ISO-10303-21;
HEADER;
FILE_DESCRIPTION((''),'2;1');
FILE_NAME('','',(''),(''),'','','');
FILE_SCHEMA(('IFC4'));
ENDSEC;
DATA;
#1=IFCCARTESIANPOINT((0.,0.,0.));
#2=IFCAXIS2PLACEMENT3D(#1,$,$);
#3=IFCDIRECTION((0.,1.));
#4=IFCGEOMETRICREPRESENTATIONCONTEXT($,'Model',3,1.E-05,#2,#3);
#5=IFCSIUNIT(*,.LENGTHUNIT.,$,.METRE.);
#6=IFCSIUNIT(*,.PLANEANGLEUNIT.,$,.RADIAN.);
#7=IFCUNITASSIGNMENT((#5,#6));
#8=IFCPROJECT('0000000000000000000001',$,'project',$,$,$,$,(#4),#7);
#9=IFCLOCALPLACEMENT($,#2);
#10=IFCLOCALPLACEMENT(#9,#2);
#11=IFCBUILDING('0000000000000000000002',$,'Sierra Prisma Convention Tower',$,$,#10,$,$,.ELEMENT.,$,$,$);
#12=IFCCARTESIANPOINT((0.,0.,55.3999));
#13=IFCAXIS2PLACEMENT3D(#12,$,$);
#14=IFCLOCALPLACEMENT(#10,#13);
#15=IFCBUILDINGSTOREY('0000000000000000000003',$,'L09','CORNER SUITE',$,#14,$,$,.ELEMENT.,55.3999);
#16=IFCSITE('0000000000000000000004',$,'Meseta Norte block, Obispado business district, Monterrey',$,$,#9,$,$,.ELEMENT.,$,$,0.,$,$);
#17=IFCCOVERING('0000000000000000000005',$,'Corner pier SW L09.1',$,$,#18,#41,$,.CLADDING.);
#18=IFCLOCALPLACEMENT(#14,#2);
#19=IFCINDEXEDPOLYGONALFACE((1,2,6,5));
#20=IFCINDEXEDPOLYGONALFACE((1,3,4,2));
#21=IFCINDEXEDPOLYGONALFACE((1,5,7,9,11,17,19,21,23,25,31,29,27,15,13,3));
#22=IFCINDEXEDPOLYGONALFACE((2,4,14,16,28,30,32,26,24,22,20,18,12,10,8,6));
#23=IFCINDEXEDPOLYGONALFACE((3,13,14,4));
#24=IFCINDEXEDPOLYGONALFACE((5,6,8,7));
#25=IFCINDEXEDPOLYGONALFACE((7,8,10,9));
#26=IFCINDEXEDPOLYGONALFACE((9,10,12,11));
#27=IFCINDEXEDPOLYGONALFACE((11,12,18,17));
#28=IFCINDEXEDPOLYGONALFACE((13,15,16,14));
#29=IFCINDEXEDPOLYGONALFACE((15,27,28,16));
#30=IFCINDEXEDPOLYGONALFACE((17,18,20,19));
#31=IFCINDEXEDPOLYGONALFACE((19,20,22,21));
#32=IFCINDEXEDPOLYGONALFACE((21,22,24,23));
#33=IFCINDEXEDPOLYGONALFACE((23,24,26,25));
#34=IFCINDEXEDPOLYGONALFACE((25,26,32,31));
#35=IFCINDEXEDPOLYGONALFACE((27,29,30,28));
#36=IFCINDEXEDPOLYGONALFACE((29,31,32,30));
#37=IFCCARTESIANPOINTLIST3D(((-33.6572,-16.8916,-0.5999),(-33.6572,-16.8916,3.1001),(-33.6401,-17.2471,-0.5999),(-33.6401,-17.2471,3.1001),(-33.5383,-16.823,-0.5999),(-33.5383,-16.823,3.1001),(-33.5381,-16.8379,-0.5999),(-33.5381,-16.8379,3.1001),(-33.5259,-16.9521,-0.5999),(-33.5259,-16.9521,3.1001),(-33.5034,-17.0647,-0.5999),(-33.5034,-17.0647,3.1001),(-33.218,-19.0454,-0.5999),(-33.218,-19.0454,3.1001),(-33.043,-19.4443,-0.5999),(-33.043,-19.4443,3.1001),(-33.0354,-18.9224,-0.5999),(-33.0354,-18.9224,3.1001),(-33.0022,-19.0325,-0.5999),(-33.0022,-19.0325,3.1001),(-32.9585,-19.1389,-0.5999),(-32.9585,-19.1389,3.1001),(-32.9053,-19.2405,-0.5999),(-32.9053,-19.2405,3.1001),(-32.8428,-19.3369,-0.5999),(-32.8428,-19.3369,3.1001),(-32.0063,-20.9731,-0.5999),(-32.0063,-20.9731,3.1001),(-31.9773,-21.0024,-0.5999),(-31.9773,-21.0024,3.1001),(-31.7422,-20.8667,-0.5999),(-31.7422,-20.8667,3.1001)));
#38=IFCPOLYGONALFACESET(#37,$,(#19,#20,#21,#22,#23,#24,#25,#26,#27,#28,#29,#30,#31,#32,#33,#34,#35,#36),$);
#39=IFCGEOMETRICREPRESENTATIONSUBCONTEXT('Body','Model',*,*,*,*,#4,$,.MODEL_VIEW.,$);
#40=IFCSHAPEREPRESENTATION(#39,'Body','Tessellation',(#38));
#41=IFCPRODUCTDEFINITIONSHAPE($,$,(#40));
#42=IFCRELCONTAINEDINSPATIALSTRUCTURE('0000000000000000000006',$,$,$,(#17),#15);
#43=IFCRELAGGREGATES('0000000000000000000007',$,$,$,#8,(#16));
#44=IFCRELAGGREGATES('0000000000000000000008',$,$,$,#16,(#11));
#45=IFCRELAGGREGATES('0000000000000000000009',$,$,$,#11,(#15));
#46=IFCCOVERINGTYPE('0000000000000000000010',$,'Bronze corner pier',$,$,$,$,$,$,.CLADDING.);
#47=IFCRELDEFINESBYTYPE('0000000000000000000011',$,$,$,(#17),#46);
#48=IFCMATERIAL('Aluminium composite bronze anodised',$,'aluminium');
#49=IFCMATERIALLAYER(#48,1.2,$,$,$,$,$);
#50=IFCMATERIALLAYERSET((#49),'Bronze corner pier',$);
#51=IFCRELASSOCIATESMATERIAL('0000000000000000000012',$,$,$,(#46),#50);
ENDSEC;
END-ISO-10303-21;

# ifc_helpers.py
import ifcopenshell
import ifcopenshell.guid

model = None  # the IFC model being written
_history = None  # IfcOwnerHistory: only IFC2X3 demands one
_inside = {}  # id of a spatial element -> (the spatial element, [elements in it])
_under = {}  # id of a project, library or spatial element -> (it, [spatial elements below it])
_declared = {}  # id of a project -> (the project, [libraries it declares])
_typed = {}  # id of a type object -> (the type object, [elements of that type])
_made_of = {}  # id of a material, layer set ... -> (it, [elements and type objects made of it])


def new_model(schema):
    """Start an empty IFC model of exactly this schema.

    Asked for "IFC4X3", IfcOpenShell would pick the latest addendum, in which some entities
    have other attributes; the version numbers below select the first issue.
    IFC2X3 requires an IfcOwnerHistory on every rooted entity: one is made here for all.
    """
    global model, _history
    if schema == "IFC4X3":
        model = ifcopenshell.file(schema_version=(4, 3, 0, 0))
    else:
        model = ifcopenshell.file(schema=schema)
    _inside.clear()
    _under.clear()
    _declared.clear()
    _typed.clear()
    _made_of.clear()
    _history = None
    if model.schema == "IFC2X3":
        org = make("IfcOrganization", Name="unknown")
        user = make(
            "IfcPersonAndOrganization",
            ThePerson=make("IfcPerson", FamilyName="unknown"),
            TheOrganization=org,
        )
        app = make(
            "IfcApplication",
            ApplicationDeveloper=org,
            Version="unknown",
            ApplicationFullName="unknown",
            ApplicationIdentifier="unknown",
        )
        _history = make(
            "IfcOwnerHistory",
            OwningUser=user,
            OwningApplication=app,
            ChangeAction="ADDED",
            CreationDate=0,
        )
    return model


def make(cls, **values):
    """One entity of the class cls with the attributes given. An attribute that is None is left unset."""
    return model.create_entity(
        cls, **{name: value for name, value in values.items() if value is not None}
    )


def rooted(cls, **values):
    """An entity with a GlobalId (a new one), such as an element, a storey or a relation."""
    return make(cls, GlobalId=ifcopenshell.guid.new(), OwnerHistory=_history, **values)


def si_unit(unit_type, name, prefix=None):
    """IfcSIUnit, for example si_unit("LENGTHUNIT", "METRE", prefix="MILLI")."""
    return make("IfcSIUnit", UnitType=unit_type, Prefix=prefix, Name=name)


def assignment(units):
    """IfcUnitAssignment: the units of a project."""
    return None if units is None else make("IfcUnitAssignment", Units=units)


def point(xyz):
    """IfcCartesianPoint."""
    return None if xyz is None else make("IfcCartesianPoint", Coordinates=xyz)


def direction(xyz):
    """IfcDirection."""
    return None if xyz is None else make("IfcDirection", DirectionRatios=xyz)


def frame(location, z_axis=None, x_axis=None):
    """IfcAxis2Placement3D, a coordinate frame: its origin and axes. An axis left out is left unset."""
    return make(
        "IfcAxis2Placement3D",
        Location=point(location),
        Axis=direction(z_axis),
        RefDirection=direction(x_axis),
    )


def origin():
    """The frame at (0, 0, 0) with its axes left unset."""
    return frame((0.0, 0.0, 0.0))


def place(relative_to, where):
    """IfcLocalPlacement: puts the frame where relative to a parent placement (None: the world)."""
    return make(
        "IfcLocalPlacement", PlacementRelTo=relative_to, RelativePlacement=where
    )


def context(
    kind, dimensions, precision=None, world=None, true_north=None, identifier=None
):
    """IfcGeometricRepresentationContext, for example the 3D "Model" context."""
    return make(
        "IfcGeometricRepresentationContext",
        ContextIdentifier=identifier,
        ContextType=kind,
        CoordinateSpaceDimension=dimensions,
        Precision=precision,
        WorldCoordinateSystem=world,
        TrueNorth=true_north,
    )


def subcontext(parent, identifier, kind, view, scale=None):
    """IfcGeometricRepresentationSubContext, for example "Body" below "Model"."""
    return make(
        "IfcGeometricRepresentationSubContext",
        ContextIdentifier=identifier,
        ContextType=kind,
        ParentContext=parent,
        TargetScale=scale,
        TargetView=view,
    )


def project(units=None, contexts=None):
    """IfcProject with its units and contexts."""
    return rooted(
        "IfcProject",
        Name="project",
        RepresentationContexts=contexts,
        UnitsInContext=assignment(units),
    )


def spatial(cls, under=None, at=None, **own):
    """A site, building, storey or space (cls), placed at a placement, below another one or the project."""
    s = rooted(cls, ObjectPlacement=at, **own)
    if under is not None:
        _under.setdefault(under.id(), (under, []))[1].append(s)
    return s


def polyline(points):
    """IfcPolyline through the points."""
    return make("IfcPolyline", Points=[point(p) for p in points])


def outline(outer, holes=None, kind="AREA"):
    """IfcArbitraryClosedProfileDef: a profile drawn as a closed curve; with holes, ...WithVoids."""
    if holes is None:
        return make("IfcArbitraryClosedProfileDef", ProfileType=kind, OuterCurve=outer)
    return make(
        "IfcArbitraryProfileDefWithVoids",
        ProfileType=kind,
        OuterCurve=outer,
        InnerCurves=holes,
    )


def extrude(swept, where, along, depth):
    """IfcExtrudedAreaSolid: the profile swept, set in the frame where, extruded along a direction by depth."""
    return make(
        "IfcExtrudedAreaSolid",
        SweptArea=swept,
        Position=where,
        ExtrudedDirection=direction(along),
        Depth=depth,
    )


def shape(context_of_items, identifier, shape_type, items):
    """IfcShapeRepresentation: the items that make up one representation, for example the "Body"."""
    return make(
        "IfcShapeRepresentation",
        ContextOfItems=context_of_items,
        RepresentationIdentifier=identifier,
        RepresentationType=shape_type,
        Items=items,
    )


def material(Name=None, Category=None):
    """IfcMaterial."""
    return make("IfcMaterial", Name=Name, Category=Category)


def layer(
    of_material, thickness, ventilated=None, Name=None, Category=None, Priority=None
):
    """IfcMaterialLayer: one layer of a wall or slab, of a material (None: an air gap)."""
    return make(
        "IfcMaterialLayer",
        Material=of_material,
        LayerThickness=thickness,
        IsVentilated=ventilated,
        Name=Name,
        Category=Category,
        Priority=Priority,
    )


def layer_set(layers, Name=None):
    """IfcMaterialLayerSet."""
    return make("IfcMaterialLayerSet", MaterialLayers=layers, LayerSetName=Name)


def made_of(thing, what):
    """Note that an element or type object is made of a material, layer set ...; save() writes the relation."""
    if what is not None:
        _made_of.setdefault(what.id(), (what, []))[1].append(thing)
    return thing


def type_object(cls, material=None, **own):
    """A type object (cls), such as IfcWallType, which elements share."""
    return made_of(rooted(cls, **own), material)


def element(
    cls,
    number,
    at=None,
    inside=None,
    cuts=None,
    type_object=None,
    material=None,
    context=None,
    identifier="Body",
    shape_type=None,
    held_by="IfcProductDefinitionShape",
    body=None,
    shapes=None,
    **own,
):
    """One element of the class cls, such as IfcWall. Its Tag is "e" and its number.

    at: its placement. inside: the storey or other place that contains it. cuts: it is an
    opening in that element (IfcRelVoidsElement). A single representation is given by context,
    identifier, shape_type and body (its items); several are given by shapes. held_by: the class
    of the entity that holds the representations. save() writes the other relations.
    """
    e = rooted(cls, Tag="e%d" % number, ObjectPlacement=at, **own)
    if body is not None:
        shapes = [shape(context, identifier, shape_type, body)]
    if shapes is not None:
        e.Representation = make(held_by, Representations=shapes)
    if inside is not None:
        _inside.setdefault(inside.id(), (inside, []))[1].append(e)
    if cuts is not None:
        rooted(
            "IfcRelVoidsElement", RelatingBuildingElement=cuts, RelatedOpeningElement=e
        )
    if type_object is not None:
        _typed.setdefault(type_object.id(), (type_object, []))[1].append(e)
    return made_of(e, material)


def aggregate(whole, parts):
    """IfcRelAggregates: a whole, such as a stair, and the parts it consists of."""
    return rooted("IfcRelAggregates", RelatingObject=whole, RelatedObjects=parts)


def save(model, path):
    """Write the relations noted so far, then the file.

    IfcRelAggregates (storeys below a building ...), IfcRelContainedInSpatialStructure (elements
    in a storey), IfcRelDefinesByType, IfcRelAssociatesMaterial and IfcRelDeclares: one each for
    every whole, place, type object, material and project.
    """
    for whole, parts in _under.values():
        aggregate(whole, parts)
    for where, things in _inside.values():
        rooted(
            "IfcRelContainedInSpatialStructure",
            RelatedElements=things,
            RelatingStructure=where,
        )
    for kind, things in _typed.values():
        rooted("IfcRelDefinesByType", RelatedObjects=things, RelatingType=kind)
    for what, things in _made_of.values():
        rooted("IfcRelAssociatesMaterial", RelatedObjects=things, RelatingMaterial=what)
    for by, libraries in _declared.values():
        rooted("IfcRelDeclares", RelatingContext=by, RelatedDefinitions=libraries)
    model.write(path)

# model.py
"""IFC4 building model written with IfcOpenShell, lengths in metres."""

from ifc_helpers import new_model, si_unit, direction, frame, origin, place, context, subcontext, project, spatial, polyline, outline, extrude, material, layer, layer_set, type_object, element, save


model = new_model("IFC4")

# Units and contexts
model_context = context("Model", 3, precision=1e-05, world=origin(), true_north=direction((0.0, 1.0)))
body_context = subcontext(model_context, "Body", "Model", "MODEL_VIEW")
ifc_project = project(units=[si_unit("LENGTHUNIT", "METRE"), si_unit("PLANEANGLEUNIT", "RADIAN")], contexts=[model_context])

# Site, building, storey
site_placement = place(None, origin())
site = spatial("IfcSite", under=ifc_project, at=site_placement, Name="Meseta Norte block, Obispado business district, Monterrey", CompositionType="ELEMENT", RefElevation=0.0)
building_placement = place(site_placement, origin())
building = spatial("IfcBuilding", under=site, at=building_placement, Name="Sierra Prisma Convention Tower", CompositionType="ELEMENT")
storey_placement = place(building_placement, frame((0.0, 0.0, 55.3999)))
storey = spatial("IfcBuildingStorey", under=building, at=storey_placement, Name="L09", Description="CORNER SUITE", CompositionType="ELEMENT", Elevation=55.3999)

# Covering
ifc_material_1 = material(Name="Aluminium composite bronze anodised", Category="aluminium")
ifc_layer_1 = layer(ifc_material_1, 1.2)
ifc_layer_set_1 = layer_set([ifc_layer_1], Name="Bronze corner pier")
covering_type = type_object("IfcCoveringType", Name="Bronze corner pier", PredefinedType="CLADDING", material=ifc_layer_set_1)
covering_1_placement = place(storey_placement, frame((0.0, 0.0, -0.5999)))
element("IfcCovering", 1, at=covering_1_placement, inside=storey, type_object=covering_type, Name="Corner pier SW L09.1", PredefinedType="CLADDING", context=body_context, shape_type="SweptSolid", body=[
    extrude(outline(polyline([(-33.043, -19.4443), (-33.218, -19.0454), (-33.6401, -17.2471), (-33.6572, -16.8916), (-33.5383, -16.823), (-33.5381, -16.8379), (-33.5259, -16.9521), (-33.5034, -17.0647), (-33.0354, -18.9224), (-33.0022, -19.0325), (-32.9585, -19.1389), (-32.9053, -19.2405), (-32.8428, -19.3369), (-31.7422, -20.8667), (-31.9773, -21.0024), (-32.0063, -20.9731), (-33.043, -19.4443)])), origin(), (0.0, 0.0, 1.0), 3.7),
])

save(model, "model.ifc")
